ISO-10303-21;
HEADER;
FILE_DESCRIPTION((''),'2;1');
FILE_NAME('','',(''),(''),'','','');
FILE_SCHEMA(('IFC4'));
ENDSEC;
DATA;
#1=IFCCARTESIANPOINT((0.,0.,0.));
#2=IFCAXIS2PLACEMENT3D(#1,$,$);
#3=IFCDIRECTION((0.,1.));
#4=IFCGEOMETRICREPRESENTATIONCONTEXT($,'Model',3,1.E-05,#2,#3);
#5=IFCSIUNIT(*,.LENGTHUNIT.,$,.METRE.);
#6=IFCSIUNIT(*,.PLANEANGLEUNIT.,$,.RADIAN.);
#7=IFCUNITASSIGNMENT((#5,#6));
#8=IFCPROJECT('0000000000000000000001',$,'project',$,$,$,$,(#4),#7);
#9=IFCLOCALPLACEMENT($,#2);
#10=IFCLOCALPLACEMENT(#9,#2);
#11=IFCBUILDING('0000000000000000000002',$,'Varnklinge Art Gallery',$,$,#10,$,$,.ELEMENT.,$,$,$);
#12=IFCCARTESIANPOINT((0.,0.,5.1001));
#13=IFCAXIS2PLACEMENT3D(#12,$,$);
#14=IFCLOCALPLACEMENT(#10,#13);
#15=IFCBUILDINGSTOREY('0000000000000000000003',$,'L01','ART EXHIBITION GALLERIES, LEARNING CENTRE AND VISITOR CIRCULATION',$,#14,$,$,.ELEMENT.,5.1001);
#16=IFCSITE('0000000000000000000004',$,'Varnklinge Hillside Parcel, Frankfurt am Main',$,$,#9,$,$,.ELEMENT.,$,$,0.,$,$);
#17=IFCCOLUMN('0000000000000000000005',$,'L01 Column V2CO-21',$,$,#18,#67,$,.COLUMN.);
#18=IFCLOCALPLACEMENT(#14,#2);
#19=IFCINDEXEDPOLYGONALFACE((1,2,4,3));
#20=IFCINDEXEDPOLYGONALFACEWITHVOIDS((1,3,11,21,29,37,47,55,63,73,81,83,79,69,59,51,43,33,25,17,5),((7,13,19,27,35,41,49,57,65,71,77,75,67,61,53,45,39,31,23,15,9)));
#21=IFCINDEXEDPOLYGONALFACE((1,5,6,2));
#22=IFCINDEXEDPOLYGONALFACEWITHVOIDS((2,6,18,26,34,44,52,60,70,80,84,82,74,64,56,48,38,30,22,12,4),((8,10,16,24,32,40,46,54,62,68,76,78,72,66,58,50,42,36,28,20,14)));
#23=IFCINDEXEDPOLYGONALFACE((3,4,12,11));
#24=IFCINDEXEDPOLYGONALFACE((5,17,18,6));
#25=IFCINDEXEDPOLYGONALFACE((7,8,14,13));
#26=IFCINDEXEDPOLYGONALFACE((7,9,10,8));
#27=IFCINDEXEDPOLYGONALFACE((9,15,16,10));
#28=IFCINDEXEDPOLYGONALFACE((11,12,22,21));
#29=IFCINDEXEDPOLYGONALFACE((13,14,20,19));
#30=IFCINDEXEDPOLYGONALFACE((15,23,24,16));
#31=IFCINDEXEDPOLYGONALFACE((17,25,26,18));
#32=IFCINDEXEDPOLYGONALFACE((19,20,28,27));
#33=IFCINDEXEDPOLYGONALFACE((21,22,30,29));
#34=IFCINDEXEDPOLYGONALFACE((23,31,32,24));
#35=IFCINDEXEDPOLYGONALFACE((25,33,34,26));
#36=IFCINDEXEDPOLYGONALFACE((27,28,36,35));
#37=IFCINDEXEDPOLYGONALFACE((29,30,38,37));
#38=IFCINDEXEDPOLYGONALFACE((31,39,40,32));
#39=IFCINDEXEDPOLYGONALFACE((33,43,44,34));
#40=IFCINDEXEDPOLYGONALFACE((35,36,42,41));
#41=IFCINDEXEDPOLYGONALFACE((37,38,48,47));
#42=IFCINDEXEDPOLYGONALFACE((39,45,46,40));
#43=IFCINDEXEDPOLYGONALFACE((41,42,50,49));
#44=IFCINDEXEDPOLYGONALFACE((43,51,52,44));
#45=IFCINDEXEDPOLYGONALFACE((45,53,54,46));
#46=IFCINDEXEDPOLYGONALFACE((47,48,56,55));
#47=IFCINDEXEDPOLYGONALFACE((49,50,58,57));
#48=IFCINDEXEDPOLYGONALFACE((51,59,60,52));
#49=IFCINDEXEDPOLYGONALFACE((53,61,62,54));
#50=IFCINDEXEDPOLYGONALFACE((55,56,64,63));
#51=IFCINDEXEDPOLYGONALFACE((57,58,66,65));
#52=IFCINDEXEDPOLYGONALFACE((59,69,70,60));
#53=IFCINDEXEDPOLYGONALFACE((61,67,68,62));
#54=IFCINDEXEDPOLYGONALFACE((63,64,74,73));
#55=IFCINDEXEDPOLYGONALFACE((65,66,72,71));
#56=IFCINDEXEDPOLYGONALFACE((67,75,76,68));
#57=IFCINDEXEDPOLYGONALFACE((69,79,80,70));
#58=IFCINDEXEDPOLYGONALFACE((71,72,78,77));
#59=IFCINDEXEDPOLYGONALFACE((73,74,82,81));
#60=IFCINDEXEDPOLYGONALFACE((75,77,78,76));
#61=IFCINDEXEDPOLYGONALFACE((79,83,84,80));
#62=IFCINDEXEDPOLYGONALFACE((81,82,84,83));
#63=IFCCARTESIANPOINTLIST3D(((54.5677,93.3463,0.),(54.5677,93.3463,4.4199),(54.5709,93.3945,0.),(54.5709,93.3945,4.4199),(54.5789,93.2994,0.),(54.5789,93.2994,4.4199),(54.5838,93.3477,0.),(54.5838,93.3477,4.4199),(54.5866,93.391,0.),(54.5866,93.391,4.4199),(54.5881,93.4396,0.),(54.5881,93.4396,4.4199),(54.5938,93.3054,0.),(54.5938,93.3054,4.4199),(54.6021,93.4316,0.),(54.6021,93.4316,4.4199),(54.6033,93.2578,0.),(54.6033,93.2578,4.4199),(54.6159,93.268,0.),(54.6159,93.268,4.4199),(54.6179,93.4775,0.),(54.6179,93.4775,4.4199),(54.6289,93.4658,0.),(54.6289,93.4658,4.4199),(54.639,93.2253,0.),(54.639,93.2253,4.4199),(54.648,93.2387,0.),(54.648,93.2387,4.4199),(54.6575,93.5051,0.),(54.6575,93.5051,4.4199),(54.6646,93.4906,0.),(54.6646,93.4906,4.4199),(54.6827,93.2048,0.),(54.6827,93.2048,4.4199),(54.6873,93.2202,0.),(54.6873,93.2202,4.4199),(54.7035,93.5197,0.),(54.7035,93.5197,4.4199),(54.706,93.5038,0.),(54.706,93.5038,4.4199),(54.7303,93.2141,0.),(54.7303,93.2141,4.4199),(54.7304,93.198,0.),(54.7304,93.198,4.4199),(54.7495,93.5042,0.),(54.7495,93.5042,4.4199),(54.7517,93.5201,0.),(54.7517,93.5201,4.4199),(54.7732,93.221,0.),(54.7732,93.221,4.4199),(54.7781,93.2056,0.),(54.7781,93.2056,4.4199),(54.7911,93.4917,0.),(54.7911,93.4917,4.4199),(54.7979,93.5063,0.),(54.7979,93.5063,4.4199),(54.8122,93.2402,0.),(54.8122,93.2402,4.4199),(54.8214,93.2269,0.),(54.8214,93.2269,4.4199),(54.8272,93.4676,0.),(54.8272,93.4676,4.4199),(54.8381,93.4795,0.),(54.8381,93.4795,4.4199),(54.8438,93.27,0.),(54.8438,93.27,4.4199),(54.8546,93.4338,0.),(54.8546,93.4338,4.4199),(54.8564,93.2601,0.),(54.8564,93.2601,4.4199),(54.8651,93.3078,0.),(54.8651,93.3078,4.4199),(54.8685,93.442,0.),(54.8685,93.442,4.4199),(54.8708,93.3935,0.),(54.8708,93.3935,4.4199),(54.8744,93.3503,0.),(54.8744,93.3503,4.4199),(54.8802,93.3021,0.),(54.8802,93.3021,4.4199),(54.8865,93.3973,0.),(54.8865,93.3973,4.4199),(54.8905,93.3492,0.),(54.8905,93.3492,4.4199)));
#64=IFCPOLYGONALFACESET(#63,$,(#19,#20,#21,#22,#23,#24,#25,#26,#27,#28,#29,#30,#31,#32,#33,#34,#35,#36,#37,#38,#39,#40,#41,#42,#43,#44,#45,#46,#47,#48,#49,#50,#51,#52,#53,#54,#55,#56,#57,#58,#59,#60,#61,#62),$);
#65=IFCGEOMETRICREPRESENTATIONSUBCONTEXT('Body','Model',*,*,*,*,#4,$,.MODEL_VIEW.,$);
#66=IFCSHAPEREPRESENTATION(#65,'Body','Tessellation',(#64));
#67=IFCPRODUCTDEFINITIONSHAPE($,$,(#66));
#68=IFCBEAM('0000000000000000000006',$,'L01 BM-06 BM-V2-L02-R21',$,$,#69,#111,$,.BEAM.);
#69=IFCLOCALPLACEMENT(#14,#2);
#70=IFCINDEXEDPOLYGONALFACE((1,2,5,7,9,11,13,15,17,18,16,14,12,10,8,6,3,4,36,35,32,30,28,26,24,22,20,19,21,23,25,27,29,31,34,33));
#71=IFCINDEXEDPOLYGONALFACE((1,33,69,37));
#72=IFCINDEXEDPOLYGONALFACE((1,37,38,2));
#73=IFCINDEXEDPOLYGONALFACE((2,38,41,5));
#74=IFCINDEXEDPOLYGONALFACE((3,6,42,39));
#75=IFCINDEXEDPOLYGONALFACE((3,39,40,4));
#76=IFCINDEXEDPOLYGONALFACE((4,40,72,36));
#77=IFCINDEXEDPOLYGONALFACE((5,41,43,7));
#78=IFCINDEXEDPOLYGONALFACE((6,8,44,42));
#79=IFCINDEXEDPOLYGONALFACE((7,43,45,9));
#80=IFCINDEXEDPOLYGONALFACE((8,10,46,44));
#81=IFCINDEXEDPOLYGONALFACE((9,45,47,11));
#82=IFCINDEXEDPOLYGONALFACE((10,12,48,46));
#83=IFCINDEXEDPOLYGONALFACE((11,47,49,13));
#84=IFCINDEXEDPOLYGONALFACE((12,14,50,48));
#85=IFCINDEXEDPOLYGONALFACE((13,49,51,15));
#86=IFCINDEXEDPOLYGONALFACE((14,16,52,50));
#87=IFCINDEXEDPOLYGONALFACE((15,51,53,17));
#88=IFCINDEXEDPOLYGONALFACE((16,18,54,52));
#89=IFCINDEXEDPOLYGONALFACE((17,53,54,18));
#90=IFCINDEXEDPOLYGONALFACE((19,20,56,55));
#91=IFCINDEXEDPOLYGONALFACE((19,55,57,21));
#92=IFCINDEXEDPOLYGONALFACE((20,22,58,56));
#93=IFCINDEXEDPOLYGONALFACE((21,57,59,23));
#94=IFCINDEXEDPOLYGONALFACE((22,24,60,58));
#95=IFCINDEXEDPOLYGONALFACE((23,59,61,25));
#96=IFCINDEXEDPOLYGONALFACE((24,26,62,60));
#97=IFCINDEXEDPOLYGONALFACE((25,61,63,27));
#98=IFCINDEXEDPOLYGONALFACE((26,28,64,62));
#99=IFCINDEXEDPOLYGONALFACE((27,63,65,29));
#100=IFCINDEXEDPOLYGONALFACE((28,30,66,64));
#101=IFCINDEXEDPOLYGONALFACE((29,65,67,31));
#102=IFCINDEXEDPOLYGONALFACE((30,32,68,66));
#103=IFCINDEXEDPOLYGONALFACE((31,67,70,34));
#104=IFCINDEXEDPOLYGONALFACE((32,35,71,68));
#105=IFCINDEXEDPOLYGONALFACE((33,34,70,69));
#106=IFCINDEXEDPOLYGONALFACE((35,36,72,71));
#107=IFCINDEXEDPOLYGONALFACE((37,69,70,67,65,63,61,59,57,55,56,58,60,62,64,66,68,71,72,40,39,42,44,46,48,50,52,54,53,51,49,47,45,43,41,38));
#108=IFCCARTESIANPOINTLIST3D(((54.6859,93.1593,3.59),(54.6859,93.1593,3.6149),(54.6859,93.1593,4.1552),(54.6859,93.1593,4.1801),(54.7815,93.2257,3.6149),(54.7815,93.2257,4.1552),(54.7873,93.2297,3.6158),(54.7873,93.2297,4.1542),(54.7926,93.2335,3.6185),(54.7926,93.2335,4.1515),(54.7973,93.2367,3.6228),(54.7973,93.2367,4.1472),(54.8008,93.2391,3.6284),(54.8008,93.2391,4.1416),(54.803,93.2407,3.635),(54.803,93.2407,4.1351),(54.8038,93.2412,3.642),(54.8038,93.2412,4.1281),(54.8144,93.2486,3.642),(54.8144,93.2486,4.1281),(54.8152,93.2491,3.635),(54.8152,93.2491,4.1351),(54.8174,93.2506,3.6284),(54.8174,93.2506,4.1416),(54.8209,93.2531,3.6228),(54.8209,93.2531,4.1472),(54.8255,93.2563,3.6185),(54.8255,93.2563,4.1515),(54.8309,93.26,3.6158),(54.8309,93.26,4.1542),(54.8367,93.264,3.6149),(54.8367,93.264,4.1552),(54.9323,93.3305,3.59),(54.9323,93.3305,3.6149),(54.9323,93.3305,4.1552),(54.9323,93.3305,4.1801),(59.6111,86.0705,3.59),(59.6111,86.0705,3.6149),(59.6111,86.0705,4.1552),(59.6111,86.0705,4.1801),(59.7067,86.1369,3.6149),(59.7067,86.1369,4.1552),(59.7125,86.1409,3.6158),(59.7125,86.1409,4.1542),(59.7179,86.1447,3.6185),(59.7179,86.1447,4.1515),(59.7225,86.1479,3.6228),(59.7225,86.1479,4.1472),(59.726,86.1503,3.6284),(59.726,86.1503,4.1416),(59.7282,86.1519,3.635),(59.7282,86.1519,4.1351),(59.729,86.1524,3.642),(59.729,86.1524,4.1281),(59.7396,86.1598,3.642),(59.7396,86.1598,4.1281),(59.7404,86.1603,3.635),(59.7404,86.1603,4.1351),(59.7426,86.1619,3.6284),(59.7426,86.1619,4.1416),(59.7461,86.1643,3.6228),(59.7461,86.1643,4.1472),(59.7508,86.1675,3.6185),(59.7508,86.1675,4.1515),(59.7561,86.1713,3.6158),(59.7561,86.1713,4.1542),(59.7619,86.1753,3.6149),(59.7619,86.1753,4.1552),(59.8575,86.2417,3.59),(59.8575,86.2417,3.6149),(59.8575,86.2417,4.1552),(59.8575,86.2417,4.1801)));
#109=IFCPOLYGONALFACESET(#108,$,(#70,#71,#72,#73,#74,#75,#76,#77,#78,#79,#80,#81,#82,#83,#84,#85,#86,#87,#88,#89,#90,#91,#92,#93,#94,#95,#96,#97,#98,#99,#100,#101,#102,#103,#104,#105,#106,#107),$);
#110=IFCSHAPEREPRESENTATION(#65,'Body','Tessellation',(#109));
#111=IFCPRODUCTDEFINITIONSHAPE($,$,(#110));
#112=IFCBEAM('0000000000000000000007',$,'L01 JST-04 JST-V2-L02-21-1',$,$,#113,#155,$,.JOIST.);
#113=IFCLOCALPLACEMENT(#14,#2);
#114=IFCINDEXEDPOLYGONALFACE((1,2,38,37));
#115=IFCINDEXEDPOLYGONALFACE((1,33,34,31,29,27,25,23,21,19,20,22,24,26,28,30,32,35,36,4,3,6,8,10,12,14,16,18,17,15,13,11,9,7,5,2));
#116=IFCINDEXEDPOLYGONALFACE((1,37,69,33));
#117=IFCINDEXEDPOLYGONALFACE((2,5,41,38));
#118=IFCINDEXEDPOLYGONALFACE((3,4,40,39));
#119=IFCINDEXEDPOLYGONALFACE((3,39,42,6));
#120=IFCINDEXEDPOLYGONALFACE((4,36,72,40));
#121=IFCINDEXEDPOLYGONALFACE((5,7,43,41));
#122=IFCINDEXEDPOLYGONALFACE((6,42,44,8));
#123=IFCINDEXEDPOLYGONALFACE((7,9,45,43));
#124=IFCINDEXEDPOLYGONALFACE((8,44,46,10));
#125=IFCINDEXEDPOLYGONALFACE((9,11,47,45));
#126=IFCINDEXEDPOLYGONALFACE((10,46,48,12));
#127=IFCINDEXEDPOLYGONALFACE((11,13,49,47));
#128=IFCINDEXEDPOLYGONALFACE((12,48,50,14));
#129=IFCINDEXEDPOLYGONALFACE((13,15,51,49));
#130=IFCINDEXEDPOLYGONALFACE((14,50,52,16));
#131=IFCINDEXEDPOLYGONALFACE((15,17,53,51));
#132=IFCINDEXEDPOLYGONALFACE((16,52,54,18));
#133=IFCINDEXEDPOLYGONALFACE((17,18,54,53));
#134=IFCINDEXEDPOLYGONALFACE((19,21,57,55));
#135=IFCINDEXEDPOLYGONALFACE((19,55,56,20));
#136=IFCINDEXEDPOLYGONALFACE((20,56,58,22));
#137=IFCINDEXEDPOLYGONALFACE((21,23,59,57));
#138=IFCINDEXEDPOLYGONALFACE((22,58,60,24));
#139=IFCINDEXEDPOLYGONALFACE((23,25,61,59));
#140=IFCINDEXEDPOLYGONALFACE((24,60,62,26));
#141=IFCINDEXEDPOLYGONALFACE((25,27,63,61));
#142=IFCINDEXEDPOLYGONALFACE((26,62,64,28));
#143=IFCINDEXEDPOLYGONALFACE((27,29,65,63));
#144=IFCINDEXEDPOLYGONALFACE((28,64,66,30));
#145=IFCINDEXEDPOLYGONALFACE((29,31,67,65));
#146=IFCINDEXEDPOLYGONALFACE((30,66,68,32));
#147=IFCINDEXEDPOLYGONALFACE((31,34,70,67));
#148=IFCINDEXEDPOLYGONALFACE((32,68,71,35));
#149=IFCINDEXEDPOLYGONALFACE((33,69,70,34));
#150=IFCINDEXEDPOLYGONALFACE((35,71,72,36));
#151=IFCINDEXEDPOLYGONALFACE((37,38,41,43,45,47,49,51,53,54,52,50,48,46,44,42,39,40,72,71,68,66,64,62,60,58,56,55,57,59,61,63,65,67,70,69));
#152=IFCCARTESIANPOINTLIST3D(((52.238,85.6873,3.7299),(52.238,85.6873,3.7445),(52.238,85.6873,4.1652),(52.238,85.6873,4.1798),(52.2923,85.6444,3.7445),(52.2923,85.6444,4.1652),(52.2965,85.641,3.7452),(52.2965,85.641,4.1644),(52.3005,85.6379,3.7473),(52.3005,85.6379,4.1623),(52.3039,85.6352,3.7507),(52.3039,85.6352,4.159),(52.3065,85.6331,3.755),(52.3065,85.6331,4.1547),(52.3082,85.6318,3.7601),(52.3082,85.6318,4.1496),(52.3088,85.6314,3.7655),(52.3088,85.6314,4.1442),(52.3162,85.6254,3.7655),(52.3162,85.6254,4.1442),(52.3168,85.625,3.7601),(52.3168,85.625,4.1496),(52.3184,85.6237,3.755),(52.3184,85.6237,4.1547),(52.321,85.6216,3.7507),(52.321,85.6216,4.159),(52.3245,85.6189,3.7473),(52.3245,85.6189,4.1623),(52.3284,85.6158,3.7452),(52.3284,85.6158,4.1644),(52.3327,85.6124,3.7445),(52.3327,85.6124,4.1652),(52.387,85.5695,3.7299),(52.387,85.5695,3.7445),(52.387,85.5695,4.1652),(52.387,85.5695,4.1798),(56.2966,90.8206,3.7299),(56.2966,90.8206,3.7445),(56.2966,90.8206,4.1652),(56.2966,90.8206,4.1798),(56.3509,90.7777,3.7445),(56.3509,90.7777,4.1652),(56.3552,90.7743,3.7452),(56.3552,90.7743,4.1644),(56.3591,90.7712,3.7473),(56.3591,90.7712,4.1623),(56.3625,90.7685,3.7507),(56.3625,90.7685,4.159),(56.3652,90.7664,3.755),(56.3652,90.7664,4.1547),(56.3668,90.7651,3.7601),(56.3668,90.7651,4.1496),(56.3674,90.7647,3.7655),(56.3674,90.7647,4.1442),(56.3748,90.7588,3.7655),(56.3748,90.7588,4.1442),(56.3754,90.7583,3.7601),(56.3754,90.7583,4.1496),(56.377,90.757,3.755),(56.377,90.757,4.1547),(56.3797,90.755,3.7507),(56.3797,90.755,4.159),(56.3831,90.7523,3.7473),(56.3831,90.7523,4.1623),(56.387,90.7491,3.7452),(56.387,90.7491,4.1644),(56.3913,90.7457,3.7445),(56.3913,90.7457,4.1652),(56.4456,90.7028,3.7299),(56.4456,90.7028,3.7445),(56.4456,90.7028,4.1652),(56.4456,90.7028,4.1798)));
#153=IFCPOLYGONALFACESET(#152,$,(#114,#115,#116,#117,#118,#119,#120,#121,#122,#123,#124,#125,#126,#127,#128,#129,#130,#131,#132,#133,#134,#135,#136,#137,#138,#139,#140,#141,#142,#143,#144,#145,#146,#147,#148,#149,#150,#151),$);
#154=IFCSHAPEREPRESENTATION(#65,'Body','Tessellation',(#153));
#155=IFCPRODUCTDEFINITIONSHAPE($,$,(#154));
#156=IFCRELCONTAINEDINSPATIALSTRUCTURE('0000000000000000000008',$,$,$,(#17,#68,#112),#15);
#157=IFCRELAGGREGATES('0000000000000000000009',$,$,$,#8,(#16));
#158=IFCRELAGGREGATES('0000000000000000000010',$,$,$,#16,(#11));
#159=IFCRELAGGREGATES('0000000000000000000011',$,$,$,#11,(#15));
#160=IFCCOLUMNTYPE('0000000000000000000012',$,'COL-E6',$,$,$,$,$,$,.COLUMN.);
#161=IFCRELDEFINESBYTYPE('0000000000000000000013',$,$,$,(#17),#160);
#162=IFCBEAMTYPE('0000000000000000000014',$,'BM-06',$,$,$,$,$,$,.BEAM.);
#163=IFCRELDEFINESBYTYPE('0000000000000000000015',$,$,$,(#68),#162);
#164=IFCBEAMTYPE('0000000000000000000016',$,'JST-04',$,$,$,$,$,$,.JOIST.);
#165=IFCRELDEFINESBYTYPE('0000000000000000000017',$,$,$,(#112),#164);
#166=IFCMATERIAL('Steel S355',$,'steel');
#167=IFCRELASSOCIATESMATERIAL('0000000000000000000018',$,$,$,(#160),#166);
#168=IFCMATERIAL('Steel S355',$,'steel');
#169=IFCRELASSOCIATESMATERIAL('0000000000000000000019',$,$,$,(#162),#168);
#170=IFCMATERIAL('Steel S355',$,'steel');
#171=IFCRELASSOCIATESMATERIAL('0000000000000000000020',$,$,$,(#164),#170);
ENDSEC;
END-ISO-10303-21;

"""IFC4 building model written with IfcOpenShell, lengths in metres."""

from ifc_helpers import new_model, si_unit, direction, frame, origin, origin_2d, place, context, subcontext, project, spatial, hollow_circle, i_section, extrude, material, material_profile, profile_set, type_object, element, save


model = new_model("IFC4")

# Units and contexts
model_context = context("Model", 3, precision=1e-05, world=origin(), true_north=direction((0.0, 1.0)))
body_context = subcontext(model_context, "Body", "Model", "MODEL_VIEW")
ifc_project = project(units=[si_unit("LENGTHUNIT", "METRE"), si_unit("PLANEANGLEUNIT", "RADIAN")], contexts=[model_context])

# Site, building, storey
site_placement = place(None, origin())
site = spatial("IfcSite", under=ifc_project, at=site_placement, Name="Varnklinge Hillside Parcel, Frankfurt am Main", CompositionType="ELEMENT", RefElevation=0.0)
building_placement = place(site_placement, origin())
building = spatial("IfcBuilding", under=site, at=building_placement, Name="Varnklinge Art Gallery", CompositionType="ELEMENT")
storey_placement = place(building_placement, frame((0.0, 0.0, 5.1001)))
storey = spatial("IfcBuildingStorey", under=building, at=storey_placement, Name="L01", Description="ART EXHIBITION GALLERIES, LEARNING CENTRE AND VISITOR CIRCULATION", CompositionType="ELEMENT", Elevation=5.1001)

# Column
ifc_material_1 = material(Name="Steel S355", Category="steel")
ifc_material_profile_1 = material_profile(ifc_material_1, hollow_circle(Radius=0.1619, WallThickness=0.0161, at=origin_2d()), Name="CHS 323.9x16")
ifc_profile_set_1 = profile_set([ifc_material_profile_1], Name="Steel S355")
column_type = type_object("IfcColumnType", Name="COL-E6", PredefinedType="COLUMN", material=ifc_profile_set_1)
column_placement = place(storey_placement, frame((54.729, 93.3599, 0.0), z_axis=(0.0, 0.0, 1.0), x_axis=(0.57057, -0.821249, 0.0)))
element("IfcColumn", 1, at=column_placement, inside=storey, type_object=column_type, Name="L01 Column V2CO-21", PredefinedType="COLUMN", context=body_context, shape_type="SweptSolid", body=[
    extrude(hollow_circle(Radius=0.1619, WallThickness=0.0161, at=origin_2d()), origin(), (0.0, 0.0, 1.0), 4.4199),
])

# Beams
ifc_material_2 = material(Name="Steel S355", Category="steel")
ifc_material_profile_2 = material_profile(ifc_material_2, i_section(OverallWidth=0.3, OverallDepth=0.5901, WebThickness=0.0129, FlangeThickness=0.0249, FilletRadius=0.0271, at=origin_2d()), Name="HEA 600")
ifc_profile_set_2 = profile_set([ifc_material_profile_2], Name="Steel S355")
beam_type_1 = type_object("IfcBeamType", Name="BM-06", PredefinedType="BEAM", material=ifc_profile_set_2)
beam_1_placement = place(storey_placement, frame((54.8091, 93.2449, 3.885), z_axis=(0.570589, -0.821236, 0.0), x_axis=(0.821236, 0.570589, 0.0)))
element("IfcBeam", 2, at=beam_1_placement, inside=storey, type_object=beam_type_1, Name="L01 BM-06 BM-V2-L02-R21", PredefinedType="BEAM", context=body_context, shape_type="SweptSolid", body=[
    extrude(i_section(OverallWidth=0.3, OverallDepth=0.5901, WebThickness=0.0129, FlangeThickness=0.0249, FilletRadius=0.0271, at=origin_2d()), origin(), (0.0, 0.0, 1.0), 8.6318),
])
ifc_material_3 = material(Name="Steel S355", Category="steel")
ifc_material_profile_3 = material_profile(ifc_material_3, i_section(OverallWidth=0.1899, OverallDepth=0.45, WebThickness=0.0095, FlangeThickness=0.0146, FilletRadius=0.021, at=origin_2d()), Name="IPE 450")
ifc_profile_set_3 = profile_set([ifc_material_profile_3], Name="Steel S355")
beam_type_2 = type_object("IfcBeamType", Name="JST-04", PredefinedType="JOIST", material=ifc_profile_set_3)
beam_2_placement = place(storey_placement, frame((56.3711, 90.7617, 3.9548), z_axis=(-0.620208, -0.784438, 0.0), x_axis=(0.784438, -0.620208, 0.0)))
element("IfcBeam", 3, at=beam_2_placement, inside=storey, type_object=beam_type_2, Name="L01 JST-04 JST-V2-L02-21-1", PredefinedType="JOIST", context=body_context, shape_type="SweptSolid", body=[
    extrude(i_section(OverallWidth=0.1899, OverallDepth=0.45, WebThickness=0.0095, FlangeThickness=0.0146, FilletRadius=0.021, at=origin_2d()), origin(), (0.0, 0.0, 1.0), 6.5439),
])

save(model, "model.ifc")
